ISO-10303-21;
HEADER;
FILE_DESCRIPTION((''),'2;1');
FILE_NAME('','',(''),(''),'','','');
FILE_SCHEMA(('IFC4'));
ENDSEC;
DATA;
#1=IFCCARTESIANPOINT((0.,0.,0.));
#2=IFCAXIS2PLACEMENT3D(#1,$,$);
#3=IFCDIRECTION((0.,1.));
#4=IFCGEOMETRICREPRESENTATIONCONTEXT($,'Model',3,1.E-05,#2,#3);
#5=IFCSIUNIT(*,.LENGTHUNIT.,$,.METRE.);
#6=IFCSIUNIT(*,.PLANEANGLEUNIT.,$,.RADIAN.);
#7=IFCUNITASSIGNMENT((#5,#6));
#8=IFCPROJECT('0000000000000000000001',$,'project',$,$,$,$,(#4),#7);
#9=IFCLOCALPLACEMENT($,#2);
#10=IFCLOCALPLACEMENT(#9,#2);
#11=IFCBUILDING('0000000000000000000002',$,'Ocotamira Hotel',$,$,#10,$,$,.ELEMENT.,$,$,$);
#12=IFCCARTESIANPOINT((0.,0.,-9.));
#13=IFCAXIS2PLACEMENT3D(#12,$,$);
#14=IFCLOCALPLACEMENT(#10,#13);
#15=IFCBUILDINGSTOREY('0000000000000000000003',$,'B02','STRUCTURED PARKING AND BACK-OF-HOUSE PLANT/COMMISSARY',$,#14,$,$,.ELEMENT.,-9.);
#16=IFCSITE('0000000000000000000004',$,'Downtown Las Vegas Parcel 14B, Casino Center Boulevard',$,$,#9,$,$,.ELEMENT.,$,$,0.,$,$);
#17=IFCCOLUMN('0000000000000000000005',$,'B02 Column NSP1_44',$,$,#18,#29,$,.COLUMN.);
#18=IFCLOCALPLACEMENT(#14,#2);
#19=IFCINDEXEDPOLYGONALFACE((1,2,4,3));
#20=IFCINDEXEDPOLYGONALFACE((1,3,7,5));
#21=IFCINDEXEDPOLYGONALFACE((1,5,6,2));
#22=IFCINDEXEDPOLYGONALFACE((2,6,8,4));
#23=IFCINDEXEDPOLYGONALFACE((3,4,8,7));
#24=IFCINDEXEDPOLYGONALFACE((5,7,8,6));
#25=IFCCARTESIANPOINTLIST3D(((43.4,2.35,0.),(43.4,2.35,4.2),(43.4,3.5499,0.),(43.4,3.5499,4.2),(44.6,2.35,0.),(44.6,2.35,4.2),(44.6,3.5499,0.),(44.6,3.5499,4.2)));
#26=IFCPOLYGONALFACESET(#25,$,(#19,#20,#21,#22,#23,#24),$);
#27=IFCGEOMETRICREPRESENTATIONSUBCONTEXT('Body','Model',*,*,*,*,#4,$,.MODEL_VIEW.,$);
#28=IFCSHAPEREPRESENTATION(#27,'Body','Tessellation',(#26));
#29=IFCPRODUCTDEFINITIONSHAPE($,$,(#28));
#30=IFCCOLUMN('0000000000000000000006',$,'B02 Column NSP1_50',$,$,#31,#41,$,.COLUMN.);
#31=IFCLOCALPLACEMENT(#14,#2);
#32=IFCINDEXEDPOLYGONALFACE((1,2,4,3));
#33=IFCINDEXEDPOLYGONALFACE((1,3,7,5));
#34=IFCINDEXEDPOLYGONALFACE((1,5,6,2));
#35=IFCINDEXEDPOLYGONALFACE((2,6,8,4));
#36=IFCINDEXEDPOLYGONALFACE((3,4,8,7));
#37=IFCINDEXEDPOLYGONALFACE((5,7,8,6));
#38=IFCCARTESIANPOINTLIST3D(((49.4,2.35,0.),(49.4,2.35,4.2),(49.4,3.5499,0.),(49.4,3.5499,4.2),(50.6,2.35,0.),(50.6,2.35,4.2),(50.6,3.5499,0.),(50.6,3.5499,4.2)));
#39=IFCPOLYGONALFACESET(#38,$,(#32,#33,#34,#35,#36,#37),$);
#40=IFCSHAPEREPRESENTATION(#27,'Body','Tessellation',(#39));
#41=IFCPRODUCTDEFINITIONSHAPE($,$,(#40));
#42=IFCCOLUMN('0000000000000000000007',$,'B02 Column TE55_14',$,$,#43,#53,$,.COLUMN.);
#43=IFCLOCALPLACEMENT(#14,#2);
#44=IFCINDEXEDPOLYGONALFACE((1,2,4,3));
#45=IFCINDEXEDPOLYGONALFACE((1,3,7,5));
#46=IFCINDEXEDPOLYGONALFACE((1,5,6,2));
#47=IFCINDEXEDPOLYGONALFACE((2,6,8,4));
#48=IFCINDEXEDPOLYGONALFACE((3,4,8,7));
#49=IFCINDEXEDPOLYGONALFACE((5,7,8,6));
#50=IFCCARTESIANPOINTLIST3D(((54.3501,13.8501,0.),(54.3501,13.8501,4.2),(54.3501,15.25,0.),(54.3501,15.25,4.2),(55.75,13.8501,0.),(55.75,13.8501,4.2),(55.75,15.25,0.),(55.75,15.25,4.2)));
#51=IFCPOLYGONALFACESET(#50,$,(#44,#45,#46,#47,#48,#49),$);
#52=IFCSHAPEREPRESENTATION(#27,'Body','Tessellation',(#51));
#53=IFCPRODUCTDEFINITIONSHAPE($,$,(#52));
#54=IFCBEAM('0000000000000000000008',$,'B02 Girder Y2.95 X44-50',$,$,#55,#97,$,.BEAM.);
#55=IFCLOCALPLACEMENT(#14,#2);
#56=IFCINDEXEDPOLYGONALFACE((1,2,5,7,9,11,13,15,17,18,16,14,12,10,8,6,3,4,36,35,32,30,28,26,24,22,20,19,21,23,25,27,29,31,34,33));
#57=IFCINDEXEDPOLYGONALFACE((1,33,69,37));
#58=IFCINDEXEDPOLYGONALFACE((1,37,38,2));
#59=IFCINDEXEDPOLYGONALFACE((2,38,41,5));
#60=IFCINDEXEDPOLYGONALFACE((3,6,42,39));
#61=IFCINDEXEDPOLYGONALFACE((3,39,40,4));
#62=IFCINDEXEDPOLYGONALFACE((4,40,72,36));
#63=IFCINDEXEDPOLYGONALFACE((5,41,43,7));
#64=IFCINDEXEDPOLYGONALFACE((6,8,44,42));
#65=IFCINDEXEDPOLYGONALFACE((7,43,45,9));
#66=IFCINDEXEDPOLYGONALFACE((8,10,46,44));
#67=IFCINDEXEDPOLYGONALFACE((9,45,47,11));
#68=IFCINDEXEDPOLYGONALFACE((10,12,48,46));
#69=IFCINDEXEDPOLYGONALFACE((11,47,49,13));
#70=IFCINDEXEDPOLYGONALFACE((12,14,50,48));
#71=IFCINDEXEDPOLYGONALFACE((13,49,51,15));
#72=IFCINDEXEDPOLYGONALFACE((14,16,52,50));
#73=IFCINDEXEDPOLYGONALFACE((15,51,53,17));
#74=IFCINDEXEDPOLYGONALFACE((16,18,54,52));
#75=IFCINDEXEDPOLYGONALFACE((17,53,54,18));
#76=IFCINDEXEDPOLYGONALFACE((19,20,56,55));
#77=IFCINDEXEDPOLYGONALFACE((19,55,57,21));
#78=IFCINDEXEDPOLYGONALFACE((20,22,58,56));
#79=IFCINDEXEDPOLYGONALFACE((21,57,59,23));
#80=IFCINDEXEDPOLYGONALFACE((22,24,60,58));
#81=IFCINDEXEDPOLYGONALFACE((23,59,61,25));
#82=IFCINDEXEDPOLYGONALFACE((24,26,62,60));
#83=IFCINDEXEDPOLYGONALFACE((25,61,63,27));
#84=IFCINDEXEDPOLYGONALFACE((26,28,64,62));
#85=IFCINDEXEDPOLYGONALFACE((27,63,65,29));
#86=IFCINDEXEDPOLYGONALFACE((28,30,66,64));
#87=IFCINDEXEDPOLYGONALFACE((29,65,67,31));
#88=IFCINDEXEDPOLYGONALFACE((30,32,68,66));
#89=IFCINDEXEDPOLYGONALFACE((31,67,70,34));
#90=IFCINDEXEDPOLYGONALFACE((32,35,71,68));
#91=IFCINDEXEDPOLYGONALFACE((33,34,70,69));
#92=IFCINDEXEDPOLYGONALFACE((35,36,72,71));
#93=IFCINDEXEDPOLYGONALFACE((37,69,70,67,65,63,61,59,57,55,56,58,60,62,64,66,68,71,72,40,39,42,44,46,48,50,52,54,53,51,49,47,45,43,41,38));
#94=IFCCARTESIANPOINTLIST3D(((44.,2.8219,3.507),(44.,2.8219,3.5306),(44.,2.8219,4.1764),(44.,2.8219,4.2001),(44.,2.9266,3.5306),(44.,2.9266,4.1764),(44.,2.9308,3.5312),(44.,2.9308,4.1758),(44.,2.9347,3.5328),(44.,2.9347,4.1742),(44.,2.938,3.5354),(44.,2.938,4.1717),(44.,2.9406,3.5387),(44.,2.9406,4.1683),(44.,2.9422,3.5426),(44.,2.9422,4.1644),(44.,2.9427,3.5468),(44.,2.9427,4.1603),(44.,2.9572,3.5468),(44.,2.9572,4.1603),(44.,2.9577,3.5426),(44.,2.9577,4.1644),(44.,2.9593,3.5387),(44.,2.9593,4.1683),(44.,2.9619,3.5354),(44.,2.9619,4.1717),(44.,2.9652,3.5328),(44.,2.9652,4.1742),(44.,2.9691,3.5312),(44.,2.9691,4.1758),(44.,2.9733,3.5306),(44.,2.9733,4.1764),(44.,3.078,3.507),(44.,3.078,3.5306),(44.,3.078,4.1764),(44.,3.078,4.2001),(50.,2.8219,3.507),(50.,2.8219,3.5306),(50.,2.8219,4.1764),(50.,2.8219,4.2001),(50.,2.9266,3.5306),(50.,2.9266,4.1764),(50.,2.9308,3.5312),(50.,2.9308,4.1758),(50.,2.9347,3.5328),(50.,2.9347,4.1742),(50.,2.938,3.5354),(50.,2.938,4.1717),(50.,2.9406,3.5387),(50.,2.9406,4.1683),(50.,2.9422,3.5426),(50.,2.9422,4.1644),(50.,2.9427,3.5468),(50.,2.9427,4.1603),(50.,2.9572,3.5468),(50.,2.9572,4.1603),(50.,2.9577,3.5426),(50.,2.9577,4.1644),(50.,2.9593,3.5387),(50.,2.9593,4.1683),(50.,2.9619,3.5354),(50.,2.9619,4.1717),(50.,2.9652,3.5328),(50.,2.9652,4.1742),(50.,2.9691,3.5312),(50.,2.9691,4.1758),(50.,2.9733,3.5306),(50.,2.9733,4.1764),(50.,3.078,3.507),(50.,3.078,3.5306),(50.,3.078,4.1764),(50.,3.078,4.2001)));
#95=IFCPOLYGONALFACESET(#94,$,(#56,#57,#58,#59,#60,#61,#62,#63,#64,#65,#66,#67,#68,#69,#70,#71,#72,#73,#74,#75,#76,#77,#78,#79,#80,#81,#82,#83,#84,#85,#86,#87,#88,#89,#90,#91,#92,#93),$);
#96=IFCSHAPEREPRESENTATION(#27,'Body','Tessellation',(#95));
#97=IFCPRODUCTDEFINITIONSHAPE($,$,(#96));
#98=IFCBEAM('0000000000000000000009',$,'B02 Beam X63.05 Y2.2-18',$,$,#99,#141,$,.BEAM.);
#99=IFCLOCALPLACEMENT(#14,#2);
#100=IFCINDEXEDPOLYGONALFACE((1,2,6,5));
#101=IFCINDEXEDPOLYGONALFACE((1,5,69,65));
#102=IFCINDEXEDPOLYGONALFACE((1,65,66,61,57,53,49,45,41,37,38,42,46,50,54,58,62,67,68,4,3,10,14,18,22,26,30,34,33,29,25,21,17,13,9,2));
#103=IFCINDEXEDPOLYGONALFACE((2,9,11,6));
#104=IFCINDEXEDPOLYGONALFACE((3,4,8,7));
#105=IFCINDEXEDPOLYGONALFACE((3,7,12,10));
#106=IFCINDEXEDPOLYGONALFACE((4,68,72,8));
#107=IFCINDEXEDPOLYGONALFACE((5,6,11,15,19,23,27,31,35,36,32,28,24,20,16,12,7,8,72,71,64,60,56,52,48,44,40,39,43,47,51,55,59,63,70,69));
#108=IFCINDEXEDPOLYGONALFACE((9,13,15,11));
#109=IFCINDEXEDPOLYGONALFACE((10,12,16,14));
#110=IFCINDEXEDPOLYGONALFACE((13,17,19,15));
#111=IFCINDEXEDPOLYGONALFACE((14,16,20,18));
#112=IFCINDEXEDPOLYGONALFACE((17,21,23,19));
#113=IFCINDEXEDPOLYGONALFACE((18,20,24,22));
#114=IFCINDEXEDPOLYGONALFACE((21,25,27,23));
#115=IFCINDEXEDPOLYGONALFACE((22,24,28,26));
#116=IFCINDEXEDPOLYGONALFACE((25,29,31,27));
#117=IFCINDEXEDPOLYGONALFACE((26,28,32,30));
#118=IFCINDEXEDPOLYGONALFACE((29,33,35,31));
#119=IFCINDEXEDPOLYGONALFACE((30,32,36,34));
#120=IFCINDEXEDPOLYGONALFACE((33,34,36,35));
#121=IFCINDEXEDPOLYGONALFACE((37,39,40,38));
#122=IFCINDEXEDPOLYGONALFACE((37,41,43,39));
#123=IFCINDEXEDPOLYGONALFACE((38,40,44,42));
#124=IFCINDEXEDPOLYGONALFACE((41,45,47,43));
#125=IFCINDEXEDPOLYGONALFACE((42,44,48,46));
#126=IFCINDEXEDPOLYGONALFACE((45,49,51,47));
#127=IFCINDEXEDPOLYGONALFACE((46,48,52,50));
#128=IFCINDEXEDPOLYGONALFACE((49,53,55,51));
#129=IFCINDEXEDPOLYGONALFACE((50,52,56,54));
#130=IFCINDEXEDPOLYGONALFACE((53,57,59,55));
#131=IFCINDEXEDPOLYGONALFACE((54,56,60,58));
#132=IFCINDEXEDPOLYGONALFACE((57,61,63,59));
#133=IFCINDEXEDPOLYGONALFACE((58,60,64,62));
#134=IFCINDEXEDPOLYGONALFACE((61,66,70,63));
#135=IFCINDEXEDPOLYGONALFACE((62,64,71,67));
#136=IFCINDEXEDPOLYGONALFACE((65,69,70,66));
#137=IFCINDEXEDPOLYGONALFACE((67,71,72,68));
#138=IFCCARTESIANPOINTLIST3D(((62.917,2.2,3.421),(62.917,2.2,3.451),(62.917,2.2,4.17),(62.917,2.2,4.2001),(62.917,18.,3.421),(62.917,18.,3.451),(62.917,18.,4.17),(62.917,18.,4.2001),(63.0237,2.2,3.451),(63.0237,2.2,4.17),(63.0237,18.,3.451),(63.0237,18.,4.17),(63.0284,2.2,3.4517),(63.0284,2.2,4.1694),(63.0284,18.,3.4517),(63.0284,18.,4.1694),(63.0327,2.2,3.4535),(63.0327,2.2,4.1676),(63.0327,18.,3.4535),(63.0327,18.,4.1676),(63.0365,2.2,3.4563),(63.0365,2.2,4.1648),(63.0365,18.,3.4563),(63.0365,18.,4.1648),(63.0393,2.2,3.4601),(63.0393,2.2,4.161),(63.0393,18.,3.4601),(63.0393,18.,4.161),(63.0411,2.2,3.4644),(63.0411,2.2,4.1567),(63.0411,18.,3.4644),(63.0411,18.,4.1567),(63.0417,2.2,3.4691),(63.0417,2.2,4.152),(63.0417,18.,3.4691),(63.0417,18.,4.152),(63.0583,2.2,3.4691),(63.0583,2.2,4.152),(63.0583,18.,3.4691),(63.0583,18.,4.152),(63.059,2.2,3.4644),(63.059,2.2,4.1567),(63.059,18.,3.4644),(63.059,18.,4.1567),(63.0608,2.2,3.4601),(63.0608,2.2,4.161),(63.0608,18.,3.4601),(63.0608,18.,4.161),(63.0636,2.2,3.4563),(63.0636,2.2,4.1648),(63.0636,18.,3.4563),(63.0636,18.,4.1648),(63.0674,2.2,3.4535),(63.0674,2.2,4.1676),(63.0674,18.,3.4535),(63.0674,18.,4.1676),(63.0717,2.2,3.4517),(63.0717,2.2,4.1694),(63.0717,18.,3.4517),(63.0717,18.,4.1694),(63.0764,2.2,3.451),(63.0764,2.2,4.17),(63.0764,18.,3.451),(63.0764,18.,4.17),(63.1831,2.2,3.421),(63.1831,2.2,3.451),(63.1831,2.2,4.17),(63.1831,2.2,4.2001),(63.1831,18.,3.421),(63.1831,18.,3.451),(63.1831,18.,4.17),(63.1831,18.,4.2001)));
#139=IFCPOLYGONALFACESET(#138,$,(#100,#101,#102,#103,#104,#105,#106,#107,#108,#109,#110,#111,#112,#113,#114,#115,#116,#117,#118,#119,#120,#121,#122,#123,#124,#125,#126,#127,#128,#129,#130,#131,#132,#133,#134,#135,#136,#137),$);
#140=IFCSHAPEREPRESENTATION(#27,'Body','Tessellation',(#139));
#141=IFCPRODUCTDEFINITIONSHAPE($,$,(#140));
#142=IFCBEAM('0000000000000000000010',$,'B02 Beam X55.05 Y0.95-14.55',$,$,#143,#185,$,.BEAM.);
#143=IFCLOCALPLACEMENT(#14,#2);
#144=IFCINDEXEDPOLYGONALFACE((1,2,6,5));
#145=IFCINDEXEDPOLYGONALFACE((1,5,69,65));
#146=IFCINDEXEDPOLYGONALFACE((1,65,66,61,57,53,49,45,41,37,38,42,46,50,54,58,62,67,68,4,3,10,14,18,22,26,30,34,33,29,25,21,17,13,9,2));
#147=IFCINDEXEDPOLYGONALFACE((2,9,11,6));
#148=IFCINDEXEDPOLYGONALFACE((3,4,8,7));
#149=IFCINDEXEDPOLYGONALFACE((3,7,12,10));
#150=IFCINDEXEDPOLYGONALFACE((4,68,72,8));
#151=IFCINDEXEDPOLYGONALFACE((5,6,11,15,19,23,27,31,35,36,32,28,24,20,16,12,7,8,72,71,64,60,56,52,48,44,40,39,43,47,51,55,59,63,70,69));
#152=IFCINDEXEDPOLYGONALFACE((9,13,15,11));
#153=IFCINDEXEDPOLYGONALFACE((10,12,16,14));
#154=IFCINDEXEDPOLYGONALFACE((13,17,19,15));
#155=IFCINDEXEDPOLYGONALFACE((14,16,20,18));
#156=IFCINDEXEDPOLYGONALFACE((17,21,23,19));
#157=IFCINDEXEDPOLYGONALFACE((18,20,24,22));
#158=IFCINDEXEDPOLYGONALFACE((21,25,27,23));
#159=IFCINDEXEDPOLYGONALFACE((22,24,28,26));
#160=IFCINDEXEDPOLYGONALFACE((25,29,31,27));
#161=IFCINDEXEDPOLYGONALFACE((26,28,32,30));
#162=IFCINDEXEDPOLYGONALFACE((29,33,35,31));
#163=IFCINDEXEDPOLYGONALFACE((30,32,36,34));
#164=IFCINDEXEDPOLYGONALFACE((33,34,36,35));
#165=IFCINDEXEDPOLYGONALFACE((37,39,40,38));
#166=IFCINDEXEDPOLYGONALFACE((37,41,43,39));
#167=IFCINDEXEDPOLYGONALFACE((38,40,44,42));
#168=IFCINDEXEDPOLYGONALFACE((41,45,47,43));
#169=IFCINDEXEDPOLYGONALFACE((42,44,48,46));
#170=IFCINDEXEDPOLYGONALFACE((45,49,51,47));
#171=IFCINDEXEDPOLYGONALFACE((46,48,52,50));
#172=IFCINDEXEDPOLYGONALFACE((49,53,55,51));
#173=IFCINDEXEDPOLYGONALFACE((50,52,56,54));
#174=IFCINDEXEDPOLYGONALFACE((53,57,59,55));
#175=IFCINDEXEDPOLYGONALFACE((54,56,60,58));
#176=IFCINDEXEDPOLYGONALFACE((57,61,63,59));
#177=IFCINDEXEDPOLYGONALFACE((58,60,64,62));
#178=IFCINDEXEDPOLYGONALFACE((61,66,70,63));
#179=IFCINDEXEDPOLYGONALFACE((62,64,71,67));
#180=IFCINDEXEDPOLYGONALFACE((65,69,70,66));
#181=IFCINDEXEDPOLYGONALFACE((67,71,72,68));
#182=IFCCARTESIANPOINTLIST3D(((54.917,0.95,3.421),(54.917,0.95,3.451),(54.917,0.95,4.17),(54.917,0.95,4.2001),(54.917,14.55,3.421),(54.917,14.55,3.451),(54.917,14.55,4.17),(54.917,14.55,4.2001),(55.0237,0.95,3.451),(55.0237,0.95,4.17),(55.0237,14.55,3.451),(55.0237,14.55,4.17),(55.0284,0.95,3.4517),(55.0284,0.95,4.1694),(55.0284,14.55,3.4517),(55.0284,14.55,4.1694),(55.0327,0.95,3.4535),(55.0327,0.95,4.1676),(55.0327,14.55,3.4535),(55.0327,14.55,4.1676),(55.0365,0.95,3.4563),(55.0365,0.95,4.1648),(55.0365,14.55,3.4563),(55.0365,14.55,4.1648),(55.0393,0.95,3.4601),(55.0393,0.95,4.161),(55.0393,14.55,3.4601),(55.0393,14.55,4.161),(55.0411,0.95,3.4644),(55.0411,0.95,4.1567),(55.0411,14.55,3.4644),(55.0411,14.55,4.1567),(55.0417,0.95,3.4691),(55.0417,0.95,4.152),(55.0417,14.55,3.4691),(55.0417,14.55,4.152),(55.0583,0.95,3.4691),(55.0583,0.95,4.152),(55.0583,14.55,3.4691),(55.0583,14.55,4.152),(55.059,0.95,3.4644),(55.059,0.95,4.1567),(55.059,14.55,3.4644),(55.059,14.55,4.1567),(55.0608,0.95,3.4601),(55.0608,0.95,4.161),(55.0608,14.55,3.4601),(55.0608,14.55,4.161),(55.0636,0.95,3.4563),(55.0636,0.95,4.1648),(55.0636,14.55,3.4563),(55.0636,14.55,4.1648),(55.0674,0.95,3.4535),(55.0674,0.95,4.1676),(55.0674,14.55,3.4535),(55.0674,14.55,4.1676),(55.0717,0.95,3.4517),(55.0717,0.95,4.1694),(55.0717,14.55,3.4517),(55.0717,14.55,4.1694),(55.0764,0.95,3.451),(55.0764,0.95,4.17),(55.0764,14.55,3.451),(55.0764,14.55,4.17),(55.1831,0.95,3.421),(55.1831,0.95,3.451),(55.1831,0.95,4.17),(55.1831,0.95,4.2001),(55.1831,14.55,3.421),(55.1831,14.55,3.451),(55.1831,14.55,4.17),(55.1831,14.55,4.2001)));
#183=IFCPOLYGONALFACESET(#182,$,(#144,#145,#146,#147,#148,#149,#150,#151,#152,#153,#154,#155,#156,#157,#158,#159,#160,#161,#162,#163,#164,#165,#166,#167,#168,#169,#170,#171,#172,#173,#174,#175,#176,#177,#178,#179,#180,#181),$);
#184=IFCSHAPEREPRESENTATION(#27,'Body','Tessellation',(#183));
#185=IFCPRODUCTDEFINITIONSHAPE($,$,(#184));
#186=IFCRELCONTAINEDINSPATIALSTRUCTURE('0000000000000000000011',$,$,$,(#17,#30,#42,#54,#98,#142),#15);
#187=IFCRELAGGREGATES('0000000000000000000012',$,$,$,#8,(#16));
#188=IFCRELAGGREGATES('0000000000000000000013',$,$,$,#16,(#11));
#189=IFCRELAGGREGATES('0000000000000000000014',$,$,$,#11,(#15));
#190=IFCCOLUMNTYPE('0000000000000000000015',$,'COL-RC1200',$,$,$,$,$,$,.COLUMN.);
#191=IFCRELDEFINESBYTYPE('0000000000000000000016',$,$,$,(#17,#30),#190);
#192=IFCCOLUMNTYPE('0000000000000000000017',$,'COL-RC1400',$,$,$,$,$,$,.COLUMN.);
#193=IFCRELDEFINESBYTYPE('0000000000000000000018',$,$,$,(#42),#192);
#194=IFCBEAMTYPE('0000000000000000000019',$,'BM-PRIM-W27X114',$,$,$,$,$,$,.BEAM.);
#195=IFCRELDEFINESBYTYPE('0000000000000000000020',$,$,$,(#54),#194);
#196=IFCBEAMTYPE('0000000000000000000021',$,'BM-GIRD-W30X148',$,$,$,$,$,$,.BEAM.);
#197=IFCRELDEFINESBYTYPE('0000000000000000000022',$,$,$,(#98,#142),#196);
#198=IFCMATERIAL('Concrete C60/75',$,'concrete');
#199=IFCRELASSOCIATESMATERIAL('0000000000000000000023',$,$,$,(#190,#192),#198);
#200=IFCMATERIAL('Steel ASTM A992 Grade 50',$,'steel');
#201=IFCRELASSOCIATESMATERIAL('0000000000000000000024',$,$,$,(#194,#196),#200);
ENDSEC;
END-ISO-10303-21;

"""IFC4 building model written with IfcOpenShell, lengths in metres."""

from ifc_helpers import new_model, si_unit, direction, frame, origin, origin_2d, place, context, subcontext, project, spatial, rectangle, i_section, extrude, source, transform, mapped, material, material_profile, profile_set, type_object, element, save


model = new_model("IFC4")

# Units and contexts
model_context = context("Model", 3, precision=1e-05, world=origin(), true_north=direction((0.0, 1.0)))
body_context = subcontext(model_context, "Body", "Model", "MODEL_VIEW")
ifc_project = project(units=[si_unit("LENGTHUNIT", "METRE"), si_unit("PLANEANGLEUNIT", "RADIAN")], contexts=[model_context])

# Site, building, storey
site_placement = place(None, origin())
site = spatial("IfcSite", under=ifc_project, at=site_placement, Name="Downtown Las Vegas Parcel 14B, Casino Center Boulevard", CompositionType="ELEMENT", RefElevation=0.0)
building_placement = place(site_placement, origin())
building = spatial("IfcBuilding", under=site, at=building_placement, Name="Ocotamira Hotel", CompositionType="ELEMENT")
storey_placement = place(building_placement, frame((0.0, 0.0, -9.0)))
storey = spatial("IfcBuildingStorey", under=building, at=storey_placement, Name="B02", Description="STRUCTURED PARKING AND BACK-OF-HOUSE PLANT/COMMISSARY", CompositionType="ELEMENT", Elevation=-9.0)

# Columns
ifc_material_1 = material(Name="Concrete C60/75", Category="concrete")
ifc_material_profile_1 = material_profile(ifc_material_1, rectangle(XDim=1.2, YDim=1.2, at=origin_2d()), Name="RC1200X1200")
ifc_profile_set_1 = profile_set([ifc_material_profile_1], Name="Concrete C60/75")
column_type_1 = type_object("IfcColumnType", Name="COL-RC1200", PredefinedType="COLUMN", material=ifc_profile_set_1)
shared_shape_1 = source(origin(), body_context, "Body", "SweptSolid", [
    extrude(rectangle(XDim=1.2, YDim=1.2, at=origin_2d()), origin(), (0.0, 0.0, 1.0), 4.2),
])
for number, where, z_axis, x_axis, name in (
    (1, (44.0, 2.95, 0.0), (0.0, 0.0, 1.0), (1.0, 0.0, 0.0), "B02 Column NSP1_44"),
    (2, (50.0, 2.95, 0.0), (0.0, 0.0, 1.0), (1.0, 0.0, 0.0), "B02 Column NSP1_50"),
):
    element("IfcColumn", number, at=place(storey_placement, frame(where, z_axis=z_axis, x_axis=x_axis)), inside=storey, type_object=column_type_1, Name=name, PredefinedType="COLUMN", context=body_context, shape_type="MappedRepresentation", body=[
        mapped(shared_shape_1, transform((0.0, 0.0, 0.0), scale=1.0)),
    ])
ifc_material_profile_2 = material_profile(ifc_material_1, rectangle(XDim=1.3999, YDim=1.3999, at=origin_2d()), Name="RC1400X1400")
ifc_profile_set_2 = profile_set([ifc_material_profile_2], Name="Concrete C60/75")
column_type_2 = type_object("IfcColumnType", Name="COL-RC1400", PredefinedType="COLUMN", material=ifc_profile_set_2)
shared_shape_2 = source(origin(), body_context, "Body", "SweptSolid", [
    extrude(rectangle(XDim=1.3999, YDim=1.3999, at=origin_2d()), origin(), (0.0, 0.0, 1.0), 4.2),
])
column_placement = place(storey_placement, frame((55.05, 14.55, 0.0), z_axis=(0.0, 0.0, 1.0), x_axis=(1.0, 0.0, 0.0)))
element("IfcColumn", 3, at=column_placement, inside=storey, type_object=column_type_2, Name="B02 Column TE55_14", PredefinedType="COLUMN", context=body_context, shape_type="MappedRepresentation", body=[
    mapped(shared_shape_2, transform((0.0, 0.0, 0.0), scale=1.0)),
])

# Beams
ifc_material_2 = material(Name="Steel ASTM A992 Grade 50", Category="steel")
ifc_material_profile_3 = material_profile(ifc_material_2, i_section(OverallWidth=0.2561, OverallDepth=0.6931, WebThickness=0.0144, FlangeThickness=0.0237, FilletRadius=0.0161, at=origin_2d()), Name="W27X114")
ifc_profile_set_3 = profile_set([ifc_material_profile_3], Name="Steel ASTM A992 Grade 50")
beam_type_1 = type_object("IfcBeamType", Name="BM-PRIM-W27X114", PredefinedType="BEAM", material=ifc_profile_set_3)
shared_shape_3 = source(origin(), body_context, "Body", "SweptSolid", [
    extrude(i_section(OverallWidth=0.2561, OverallDepth=0.6931, WebThickness=0.0144, FlangeThickness=0.0237, FilletRadius=0.0161, at=origin_2d()), origin(), (0.0, 0.0, 1.0), 6.0),
])
beam_1_placement = place(storey_placement, frame((44.0, 2.95, 3.8535), z_axis=(1.0, 0.0, 0.0), x_axis=(0.0, 1.0, 0.0)))
element("IfcBeam", 4, at=beam_1_placement, inside=storey, type_object=beam_type_1, Name="B02 Girder Y2.95 X44-50", PredefinedType="BEAM", context=body_context, shape_type="MappedRepresentation", body=[
    mapped(shared_shape_3, transform((0.0, 0.0, 0.0), scale=1.0)),
])
ifc_material_profile_4 = material_profile(ifc_material_2, i_section(OverallWidth=0.2661, OverallDepth=0.7791, WebThickness=0.0166, FlangeThickness=0.03, FilletRadius=0.0181, at=origin_2d()), Name="W30X148")
ifc_profile_set_4 = profile_set([ifc_material_profile_4], Name="Steel ASTM A992 Grade 50")
beam_type_2 = type_object("IfcBeamType", Name="BM-GIRD-W30X148", PredefinedType="BEAM", material=ifc_profile_set_4)
shared_shape_4 = source(origin(), body_context, "Body", "SweptSolid", [
    extrude(i_section(OverallWidth=0.2661, OverallDepth=0.7791, WebThickness=0.0166, FlangeThickness=0.03, FilletRadius=0.0181, at=origin_2d()), origin(), (0.0, 0.0, 1.0), 15.8),
])
beam_2_placement = place(storey_placement, frame((63.05, 2.2, 3.8105), z_axis=(0.0, 1.0, 0.0), x_axis=(-1.0, 0.0, 0.0)))
element("IfcBeam", 5, at=beam_2_placement, inside=storey, type_object=beam_type_2, Name="B02 Beam X63.05 Y2.2-18", PredefinedType="BEAM", context=body_context, shape_type="MappedRepresentation", body=[
    mapped(shared_shape_4, transform((0.0, 0.0, 0.0), scale=1.0)),
])
shared_shape_5 = source(origin(), body_context, "Body", "SweptSolid", [
    extrude(i_section(OverallWidth=0.2661, OverallDepth=0.7791, WebThickness=0.0166, FlangeThickness=0.03, FilletRadius=0.0181, at=origin_2d()), origin(), (0.0, 0.0, 1.0), 13.6001),
])
beam_3_placement = place(storey_placement, frame((55.05, 0.95, 3.8105), z_axis=(0.0, 1.0, 0.0), x_axis=(-1.0, 0.0, 0.0)))
element("IfcBeam", 6, at=beam_3_placement, inside=storey, type_object=beam_type_2, Name="B02 Beam X55.05 Y0.95-14.55", PredefinedType="BEAM", context=body_context, shape_type="MappedRepresentation", body=[
    mapped(shared_shape_5, transform((0.0, 0.0, 0.0), scale=1.0)),
])

save(model, "model.ifc")
